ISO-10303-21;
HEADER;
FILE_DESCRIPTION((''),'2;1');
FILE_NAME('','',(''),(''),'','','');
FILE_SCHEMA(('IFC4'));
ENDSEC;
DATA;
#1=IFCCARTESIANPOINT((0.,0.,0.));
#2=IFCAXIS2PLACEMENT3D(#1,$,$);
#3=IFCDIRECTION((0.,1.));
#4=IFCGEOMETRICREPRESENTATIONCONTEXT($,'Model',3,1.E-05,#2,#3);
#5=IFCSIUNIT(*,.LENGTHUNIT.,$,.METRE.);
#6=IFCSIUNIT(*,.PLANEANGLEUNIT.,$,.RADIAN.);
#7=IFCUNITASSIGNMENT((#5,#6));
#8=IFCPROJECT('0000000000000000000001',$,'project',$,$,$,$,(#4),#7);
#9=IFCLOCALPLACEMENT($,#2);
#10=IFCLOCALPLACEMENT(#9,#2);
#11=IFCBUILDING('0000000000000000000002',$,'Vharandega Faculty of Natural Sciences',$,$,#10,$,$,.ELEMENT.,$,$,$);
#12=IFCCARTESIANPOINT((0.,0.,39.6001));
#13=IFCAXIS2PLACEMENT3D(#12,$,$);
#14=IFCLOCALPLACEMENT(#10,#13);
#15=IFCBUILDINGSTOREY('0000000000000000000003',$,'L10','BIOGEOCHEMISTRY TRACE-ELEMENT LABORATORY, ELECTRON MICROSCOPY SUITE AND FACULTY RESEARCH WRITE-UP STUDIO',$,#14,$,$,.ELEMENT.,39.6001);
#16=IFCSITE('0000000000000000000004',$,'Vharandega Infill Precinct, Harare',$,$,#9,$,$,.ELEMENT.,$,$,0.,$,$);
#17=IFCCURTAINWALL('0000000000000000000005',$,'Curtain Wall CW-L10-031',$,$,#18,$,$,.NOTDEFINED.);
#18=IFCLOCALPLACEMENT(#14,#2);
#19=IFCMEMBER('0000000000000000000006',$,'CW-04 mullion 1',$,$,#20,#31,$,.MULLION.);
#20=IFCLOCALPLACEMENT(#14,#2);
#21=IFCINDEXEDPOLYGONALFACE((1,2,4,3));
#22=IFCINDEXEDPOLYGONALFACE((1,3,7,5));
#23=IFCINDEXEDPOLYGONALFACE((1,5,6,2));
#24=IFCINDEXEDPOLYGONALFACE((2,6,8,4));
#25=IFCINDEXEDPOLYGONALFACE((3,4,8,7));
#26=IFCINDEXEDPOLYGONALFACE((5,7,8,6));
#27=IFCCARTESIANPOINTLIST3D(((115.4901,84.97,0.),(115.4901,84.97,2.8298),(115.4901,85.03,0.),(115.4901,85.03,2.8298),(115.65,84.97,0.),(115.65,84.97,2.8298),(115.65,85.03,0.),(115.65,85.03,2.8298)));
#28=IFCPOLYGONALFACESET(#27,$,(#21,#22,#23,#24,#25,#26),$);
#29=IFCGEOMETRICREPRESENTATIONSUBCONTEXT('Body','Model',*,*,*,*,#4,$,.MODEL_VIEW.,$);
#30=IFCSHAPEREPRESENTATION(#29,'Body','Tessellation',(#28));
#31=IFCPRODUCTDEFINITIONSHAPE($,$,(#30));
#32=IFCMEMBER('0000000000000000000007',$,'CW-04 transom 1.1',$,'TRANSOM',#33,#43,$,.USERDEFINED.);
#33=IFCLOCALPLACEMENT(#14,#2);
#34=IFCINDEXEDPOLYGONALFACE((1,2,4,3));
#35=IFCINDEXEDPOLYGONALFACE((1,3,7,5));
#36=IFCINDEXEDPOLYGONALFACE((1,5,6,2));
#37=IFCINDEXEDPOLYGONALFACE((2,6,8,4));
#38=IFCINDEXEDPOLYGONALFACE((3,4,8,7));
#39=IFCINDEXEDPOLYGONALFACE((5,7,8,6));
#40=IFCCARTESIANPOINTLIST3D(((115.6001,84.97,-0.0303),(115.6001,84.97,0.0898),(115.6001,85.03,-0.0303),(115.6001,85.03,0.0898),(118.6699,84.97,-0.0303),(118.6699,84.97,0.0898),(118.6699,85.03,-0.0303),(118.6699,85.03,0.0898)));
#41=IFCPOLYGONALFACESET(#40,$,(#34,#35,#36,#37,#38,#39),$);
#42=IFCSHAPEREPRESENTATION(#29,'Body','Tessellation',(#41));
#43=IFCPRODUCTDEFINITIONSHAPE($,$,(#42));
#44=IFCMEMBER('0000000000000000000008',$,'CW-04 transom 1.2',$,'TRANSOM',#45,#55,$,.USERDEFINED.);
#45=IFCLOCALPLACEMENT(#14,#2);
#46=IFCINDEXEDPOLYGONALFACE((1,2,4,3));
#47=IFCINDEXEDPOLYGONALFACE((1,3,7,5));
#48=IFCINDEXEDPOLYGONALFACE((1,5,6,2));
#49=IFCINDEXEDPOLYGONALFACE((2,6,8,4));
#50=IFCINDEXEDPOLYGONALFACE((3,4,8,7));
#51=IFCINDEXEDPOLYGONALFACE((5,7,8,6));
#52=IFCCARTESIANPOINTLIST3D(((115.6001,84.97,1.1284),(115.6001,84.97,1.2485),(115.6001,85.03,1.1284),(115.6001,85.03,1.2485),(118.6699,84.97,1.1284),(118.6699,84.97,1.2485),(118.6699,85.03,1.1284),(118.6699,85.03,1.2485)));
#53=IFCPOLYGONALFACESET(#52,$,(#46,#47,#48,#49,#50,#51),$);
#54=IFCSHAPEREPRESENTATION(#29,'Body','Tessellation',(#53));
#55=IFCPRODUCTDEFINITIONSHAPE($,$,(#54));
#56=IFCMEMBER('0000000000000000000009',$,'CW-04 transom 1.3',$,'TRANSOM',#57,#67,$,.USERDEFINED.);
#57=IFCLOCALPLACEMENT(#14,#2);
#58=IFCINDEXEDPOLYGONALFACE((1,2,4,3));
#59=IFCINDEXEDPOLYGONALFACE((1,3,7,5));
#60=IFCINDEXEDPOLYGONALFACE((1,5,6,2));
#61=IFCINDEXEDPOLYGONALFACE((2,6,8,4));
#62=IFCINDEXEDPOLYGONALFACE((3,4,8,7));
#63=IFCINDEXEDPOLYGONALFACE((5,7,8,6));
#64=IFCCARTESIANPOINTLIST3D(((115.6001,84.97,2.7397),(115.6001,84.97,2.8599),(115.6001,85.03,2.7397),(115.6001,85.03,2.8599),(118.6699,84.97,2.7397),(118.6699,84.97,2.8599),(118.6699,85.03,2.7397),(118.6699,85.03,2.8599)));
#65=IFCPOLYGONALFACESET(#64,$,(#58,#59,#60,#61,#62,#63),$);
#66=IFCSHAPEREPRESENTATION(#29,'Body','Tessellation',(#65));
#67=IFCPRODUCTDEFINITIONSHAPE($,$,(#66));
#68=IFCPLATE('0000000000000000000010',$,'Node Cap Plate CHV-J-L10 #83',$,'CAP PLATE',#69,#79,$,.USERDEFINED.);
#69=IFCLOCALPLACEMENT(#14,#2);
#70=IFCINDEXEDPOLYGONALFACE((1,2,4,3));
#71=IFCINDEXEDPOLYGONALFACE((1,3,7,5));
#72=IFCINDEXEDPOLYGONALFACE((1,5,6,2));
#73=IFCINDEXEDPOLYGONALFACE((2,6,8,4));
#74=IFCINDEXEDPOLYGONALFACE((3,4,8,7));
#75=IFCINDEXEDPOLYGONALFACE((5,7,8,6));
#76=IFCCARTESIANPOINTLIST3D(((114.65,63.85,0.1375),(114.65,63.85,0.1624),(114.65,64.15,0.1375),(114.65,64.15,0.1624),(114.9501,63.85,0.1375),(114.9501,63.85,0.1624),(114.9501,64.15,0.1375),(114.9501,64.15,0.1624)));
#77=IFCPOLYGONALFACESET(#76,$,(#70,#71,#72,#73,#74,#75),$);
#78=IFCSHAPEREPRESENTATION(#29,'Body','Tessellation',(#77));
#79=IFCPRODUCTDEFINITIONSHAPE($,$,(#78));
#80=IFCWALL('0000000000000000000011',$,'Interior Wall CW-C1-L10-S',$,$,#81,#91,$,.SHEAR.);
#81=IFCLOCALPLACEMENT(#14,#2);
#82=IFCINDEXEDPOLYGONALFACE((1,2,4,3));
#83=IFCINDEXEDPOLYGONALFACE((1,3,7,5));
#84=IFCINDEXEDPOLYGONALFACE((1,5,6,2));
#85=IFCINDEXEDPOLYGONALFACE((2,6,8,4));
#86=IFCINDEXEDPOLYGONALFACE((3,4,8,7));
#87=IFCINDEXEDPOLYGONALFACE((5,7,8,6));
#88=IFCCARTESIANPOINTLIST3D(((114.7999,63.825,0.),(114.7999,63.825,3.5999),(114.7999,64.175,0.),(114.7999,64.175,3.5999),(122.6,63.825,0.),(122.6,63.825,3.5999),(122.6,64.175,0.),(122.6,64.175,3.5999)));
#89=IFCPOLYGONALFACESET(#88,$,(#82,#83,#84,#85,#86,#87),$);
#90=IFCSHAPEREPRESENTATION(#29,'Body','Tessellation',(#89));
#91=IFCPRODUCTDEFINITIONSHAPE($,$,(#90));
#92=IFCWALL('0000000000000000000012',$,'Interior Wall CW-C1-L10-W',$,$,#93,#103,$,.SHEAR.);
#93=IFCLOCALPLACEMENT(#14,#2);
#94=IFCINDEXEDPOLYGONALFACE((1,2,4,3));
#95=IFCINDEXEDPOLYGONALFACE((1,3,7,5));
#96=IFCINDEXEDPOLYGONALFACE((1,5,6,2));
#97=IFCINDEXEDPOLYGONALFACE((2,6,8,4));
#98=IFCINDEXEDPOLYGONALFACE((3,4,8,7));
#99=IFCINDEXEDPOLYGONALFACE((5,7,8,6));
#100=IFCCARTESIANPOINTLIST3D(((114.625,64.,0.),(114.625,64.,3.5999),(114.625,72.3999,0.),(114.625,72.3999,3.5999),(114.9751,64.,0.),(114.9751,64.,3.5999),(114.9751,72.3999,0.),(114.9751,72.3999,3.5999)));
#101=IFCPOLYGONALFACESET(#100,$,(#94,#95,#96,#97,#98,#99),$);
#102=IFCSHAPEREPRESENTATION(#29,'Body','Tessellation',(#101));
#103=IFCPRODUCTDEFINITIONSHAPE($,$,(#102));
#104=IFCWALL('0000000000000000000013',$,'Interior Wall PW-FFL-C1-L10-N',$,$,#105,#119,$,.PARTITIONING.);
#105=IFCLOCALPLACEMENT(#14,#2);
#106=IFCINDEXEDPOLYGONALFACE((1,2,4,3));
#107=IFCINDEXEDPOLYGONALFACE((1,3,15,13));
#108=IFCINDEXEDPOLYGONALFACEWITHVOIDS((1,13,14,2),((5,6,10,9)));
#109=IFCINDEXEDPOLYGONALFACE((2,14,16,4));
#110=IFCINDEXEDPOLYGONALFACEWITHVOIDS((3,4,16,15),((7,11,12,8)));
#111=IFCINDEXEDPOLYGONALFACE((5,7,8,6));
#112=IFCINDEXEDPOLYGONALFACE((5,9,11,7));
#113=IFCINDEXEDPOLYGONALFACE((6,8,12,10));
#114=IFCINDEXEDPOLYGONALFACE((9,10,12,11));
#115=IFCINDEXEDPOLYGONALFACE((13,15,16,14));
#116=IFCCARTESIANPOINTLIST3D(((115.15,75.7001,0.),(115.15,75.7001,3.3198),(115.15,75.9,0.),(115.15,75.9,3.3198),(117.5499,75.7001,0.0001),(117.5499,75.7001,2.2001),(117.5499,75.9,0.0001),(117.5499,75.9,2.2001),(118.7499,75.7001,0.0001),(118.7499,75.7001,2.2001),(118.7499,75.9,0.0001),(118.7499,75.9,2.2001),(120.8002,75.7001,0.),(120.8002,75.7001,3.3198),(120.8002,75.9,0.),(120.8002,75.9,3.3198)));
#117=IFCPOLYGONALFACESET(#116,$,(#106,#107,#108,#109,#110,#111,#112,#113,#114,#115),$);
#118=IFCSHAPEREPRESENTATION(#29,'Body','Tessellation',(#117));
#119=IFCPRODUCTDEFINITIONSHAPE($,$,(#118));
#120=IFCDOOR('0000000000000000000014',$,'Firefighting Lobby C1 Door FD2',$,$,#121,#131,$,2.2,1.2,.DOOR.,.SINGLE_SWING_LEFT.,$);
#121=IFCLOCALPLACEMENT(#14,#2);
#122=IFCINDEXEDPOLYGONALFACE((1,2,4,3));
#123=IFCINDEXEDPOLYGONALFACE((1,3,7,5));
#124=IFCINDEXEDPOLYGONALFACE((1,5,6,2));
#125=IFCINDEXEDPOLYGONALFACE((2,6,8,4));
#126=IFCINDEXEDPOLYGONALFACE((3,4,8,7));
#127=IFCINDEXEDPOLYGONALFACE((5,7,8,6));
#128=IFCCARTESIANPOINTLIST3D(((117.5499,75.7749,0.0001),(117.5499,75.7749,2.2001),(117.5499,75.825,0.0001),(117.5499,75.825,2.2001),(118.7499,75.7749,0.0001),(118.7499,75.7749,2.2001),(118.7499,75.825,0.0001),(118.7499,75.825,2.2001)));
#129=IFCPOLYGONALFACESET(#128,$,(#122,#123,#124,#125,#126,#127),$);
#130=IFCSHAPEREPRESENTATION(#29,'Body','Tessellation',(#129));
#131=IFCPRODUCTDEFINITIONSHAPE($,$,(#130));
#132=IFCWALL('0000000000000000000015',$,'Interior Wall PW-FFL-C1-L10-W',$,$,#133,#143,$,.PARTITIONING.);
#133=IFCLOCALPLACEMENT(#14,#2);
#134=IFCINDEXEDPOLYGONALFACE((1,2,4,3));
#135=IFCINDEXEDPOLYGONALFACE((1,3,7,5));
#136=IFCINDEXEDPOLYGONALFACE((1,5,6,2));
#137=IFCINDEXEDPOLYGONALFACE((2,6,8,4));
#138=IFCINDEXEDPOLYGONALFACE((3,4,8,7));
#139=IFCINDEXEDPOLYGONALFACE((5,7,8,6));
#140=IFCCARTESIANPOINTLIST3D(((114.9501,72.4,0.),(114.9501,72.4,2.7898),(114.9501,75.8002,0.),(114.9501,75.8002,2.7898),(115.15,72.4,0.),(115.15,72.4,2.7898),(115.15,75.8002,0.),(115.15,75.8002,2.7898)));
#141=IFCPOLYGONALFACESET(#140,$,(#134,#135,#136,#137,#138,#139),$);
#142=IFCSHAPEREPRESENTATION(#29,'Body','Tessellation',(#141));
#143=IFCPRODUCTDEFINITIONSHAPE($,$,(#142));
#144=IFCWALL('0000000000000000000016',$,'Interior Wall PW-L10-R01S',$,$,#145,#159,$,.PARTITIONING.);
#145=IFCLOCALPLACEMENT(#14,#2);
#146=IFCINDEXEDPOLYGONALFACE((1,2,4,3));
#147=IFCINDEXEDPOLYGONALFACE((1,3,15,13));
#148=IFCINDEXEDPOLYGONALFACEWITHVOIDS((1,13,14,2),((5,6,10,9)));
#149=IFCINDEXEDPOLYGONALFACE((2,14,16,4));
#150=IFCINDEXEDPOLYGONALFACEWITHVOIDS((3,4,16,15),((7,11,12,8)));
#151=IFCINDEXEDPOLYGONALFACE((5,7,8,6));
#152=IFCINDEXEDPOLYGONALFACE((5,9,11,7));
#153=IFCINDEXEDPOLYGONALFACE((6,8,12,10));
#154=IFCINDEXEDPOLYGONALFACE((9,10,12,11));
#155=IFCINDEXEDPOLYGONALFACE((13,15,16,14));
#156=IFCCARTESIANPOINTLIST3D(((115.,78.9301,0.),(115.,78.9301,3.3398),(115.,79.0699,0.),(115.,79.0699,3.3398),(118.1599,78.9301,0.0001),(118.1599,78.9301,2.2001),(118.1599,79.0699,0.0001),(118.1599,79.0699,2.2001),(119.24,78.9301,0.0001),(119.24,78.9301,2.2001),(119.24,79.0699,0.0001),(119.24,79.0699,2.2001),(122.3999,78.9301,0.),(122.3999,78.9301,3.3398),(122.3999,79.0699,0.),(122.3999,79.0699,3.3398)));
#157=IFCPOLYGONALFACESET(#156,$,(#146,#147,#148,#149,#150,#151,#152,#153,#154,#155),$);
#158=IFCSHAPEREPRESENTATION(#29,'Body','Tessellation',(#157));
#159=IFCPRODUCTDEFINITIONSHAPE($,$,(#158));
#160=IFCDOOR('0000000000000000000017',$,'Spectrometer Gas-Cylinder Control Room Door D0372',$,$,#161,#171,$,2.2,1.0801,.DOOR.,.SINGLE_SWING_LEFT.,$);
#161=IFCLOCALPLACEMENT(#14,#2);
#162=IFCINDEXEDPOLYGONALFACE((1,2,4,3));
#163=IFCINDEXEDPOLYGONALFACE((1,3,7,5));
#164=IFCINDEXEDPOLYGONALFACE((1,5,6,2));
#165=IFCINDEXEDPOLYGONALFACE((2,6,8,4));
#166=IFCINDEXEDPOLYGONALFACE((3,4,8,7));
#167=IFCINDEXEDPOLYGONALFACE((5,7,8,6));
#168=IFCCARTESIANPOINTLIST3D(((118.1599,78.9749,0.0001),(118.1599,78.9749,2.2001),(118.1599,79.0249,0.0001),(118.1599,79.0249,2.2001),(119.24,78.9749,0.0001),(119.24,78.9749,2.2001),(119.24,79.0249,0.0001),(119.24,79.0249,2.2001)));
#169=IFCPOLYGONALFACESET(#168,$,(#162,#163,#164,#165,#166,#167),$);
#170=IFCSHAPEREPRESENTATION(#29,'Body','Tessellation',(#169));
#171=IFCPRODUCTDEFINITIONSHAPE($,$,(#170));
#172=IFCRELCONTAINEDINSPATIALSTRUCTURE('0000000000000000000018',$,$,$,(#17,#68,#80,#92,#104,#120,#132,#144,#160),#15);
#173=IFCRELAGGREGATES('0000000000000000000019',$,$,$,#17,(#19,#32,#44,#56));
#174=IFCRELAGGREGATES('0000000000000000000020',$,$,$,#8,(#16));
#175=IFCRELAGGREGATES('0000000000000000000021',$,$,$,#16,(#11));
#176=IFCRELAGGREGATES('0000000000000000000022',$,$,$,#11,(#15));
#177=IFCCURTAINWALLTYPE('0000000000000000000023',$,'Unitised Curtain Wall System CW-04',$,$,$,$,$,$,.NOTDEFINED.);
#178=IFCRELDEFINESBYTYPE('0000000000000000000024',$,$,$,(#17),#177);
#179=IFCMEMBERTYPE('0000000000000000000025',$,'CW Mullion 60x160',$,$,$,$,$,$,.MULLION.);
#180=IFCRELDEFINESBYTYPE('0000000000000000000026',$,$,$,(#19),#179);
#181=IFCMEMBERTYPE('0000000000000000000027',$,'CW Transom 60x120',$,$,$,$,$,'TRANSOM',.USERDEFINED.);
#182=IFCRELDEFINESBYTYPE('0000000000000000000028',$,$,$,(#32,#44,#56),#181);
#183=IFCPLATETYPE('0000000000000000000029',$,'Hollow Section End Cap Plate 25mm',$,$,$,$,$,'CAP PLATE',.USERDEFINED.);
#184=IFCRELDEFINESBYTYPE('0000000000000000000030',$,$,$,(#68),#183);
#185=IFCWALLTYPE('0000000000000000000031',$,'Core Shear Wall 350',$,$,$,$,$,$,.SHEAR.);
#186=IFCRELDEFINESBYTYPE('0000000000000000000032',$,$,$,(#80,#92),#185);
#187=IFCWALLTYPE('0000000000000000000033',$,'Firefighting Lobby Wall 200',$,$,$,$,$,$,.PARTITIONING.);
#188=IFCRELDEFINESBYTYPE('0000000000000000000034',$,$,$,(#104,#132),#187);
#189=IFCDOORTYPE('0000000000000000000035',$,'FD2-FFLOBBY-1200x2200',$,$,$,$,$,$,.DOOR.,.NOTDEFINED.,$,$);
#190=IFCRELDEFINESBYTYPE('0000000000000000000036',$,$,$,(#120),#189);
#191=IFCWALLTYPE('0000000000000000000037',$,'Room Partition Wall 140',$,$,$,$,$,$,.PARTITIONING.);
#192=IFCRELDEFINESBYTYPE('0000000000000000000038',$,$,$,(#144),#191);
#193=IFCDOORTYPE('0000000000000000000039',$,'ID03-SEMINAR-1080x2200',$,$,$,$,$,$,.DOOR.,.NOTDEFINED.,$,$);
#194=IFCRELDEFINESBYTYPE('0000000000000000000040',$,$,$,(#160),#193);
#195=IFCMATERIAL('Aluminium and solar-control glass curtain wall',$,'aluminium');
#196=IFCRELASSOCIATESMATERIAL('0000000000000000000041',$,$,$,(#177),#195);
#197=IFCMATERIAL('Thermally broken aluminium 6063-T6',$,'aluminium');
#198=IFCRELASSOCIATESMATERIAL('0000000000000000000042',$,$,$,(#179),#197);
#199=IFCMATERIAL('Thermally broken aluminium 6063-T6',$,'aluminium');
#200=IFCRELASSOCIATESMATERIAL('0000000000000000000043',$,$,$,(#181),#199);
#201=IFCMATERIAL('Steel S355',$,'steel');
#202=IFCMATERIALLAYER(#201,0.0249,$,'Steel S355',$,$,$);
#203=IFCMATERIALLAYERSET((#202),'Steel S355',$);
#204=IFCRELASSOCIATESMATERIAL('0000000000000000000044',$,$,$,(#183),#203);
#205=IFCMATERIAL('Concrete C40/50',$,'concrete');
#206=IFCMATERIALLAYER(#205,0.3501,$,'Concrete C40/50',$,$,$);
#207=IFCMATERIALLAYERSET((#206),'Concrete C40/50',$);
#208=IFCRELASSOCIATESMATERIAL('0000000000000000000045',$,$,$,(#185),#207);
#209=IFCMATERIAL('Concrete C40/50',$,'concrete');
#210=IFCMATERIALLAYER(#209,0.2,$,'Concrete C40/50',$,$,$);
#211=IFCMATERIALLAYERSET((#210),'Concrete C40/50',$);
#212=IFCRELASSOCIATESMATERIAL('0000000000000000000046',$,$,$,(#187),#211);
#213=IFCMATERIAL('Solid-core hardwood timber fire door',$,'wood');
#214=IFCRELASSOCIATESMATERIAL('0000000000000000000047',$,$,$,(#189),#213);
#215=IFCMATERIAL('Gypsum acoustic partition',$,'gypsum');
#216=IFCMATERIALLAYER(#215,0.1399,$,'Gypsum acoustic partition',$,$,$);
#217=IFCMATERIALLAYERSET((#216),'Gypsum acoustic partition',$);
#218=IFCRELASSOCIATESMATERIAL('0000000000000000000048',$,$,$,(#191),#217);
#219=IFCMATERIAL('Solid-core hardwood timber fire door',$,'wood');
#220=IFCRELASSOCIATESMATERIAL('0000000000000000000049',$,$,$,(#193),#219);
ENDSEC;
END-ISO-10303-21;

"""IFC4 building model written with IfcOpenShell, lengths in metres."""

from ifc_helpers import new_model, si_unit, direction, frame, frame_2d, origin, origin_2d, place, context, subcontext, project, spatial, rectangle, extrude, material, layer, layer_set, material_profile, profile_set, type_object, element, fill, aggregate, save


model = new_model("IFC4")

# Units and contexts
model_context = context("Model", 3, precision=1e-05, world=origin(), true_north=direction((0.0, 1.0)))
body_context = subcontext(model_context, "Body", "Model", "MODEL_VIEW")
ifc_project = project(units=[si_unit("LENGTHUNIT", "METRE"), si_unit("PLANEANGLEUNIT", "RADIAN")], contexts=[model_context])

# Site, building, storey
site_placement = place(None, origin())
site = spatial("IfcSite", under=ifc_project, at=site_placement, Name="Vharandega Infill Precinct, Harare", CompositionType="ELEMENT", RefElevation=0.0)
building_placement = place(site_placement, origin())
building = spatial("IfcBuilding", under=site, at=building_placement, Name="Vharandega Faculty of Natural Sciences", CompositionType="ELEMENT")
storey_placement = place(building_placement, frame((0.0, 0.0, 39.6001)))
storey = spatial("IfcBuildingStorey", under=building, at=storey_placement, Name="L10", Description="BIOGEOCHEMISTRY TRACE-ELEMENT LABORATORY, ELECTRON MICROSCOPY SUITE AND FACULTY RESEARCH WRITE-UP STUDIO", CompositionType="ELEMENT", Elevation=39.6001)

# Curtain wall, members
ifc_material_1 = material(Name="Aluminium and solar-control glass curtain wall", Category="aluminium")
curtain_wall_type = type_object("IfcCurtainWallType", Name="Unitised Curtain Wall System CW-04", PredefinedType="NOTDEFINED", material=ifc_material_1)
curtain_wall_placement = place(storey_placement, origin())
curtain_wall = element("IfcCurtainWall", 1, at=curtain_wall_placement, inside=storey, type_object=curtain_wall_type, Name="Curtain Wall CW-L10-031", PredefinedType="NOTDEFINED")
ifc_material_2 = material(Name="Thermally broken aluminium 6063-T6", Category="aluminium")
ifc_material_profile_1 = material_profile(ifc_material_2, rectangle(XDim=0.0601, YDim=0.1599, at=origin_2d()), Name="ALU 60x160")
ifc_profile_set_1 = profile_set([ifc_material_profile_1], Name="Thermally broken aluminium 6063-T6")
member_type_1 = type_object("IfcMemberType", Name="CW Mullion 60x160", PredefinedType="MULLION", material=ifc_profile_set_1)
member_1_placement = place(storey_placement, frame((115.5701, 85.0, 0.0), z_axis=(0.0, 0.0, 1.0), x_axis=(0.0, 1.0, 0.0)))
member_1 = element("IfcMember", 2, at=member_1_placement, type_object=member_type_1, Name="CW-04 mullion 1", PredefinedType="MULLION", context=body_context, shape_type="SweptSolid", body=[
    extrude(rectangle(XDim=0.0601, YDim=0.1599, at=origin_2d()), origin(), (0.0, 0.0, 1.0), 2.8298),
])
ifc_material_3 = material(Name="Thermally broken aluminium 6063-T6", Category="aluminium")
ifc_material_profile_2 = material_profile(ifc_material_3, rectangle(XDim=0.0601, YDim=0.1201, at=origin_2d()), Name="ALU 60x120")
ifc_profile_set_2 = profile_set([ifc_material_profile_2], Name="Thermally broken aluminium 6063-T6")
member_type_2 = type_object("IfcMemberType", Name="CW Transom 60x120", ElementType="TRANSOM", PredefinedType="USERDEFINED", material=ifc_profile_set_2)
member_2_placement = place(storey_placement, frame((115.6001, 85.0, 0.0298), z_axis=(1.0, 0.0, 0.0), x_axis=(0.0, 1.0, 0.0)))
member_2 = element("IfcMember", 3, at=member_2_placement, type_object=member_type_2, Name="CW-04 transom 1.1", ObjectType="TRANSOM", PredefinedType="USERDEFINED", context=body_context, shape_type="SweptSolid", body=[
    extrude(rectangle(XDim=0.0601, YDim=0.1201, at=origin_2d()), origin(), (0.0, 0.0, 1.0), 3.0698),
])
member_3_placement = place(storey_placement, frame((115.6001, 85.0, 1.1885), z_axis=(1.0, 0.0, 0.0), x_axis=(0.0, 1.0, 0.0)))
member_3 = element("IfcMember", 4, at=member_3_placement, type_object=member_type_2, Name="CW-04 transom 1.2", ObjectType="TRANSOM", PredefinedType="USERDEFINED", context=body_context, shape_type="SweptSolid", body=[
    extrude(rectangle(XDim=0.0601, YDim=0.1201, at=origin_2d()), origin(), (0.0, 0.0, 1.0), 3.0698),
])
member_4_placement = place(storey_placement, frame((115.6001, 85.0, 2.7998), z_axis=(1.0, 0.0, 0.0), x_axis=(0.0, 1.0, 0.0)))
member_4 = element("IfcMember", 5, at=member_4_placement, type_object=member_type_2, Name="CW-04 transom 1.3", ObjectType="TRANSOM", PredefinedType="USERDEFINED", context=body_context, shape_type="SweptSolid", body=[
    extrude(rectangle(XDim=0.0601, YDim=0.1201, at=origin_2d()), origin(), (0.0, 0.0, 1.0), 3.0698),
])
aggregate(curtain_wall, [member_1, member_2, member_3, member_4])

# Plate
ifc_material_4 = material(Name="Steel S355", Category="steel")
ifc_layer_1 = layer(ifc_material_4, 0.0249, Name="Steel S355")
ifc_layer_set_1 = layer_set([ifc_layer_1], Name="Steel S355")
plate_type = type_object("IfcPlateType", Name="Hollow Section End Cap Plate 25mm", ElementType="CAP PLATE", PredefinedType="USERDEFINED", material=ifc_layer_set_1)
plate_placement = place(storey_placement, frame((114.8, 64.0, 0.1375), z_axis=(0.0, 0.0, 1.0), x_axis=(1.0, 0.0, 0.0)))
element("IfcPlate", 6, at=plate_placement, inside=storey, type_object=plate_type, Name="Node Cap Plate CHV-J-L10 #83", ObjectType="CAP PLATE", PredefinedType="USERDEFINED", context=body_context, shape_type="SweptSolid", body=[
    extrude(rectangle(XDim=0.3, YDim=0.3, at=origin_2d()), origin(), (0.0, 0.0, 1.0), 0.0249),
])

# Walls
ifc_material_5 = material(Name="Concrete C40/50", Category="concrete")
ifc_layer_2 = layer(ifc_material_5, 0.3501, Name="Concrete C40/50")
ifc_layer_set_2 = layer_set([ifc_layer_2], Name="Concrete C40/50")
wall_type_1 = type_object("IfcWallType", Name="Core Shear Wall 350", PredefinedType="SHEAR", material=ifc_layer_set_2)
wall_1_placement = place(storey_placement, frame((114.8, 64.0, 0.0), z_axis=(0.0, 0.0, 1.0), x_axis=(1.0, 0.0, 0.0)))
element("IfcWall", 7, at=wall_1_placement, inside=storey, type_object=wall_type_1, Name="Interior Wall CW-C1-L10-S", PredefinedType="SHEAR", context=body_context, shape_type="SweptSolid", body=[
    extrude(rectangle(XDim=7.8, YDim=0.3501, at=frame_2d((3.8999, 0.0))), origin(), (0.0, 0.0, 1.0), 3.5999),
])
wall_2_placement = place(storey_placement, frame((114.8, 64.0, 0.0), z_axis=(0.0, 0.0, 1.0), x_axis=(0.0, 1.0, 0.0)))
element("IfcWall", 8, at=wall_2_placement, inside=storey, type_object=wall_type_1, Name="Interior Wall CW-C1-L10-W", PredefinedType="SHEAR", context=body_context, shape_type="SweptSolid", body=[
    extrude(rectangle(XDim=8.3999, YDim=0.3501, at=frame_2d((4.2, 0.0))), origin(), (0.0, 0.0, 1.0), 3.5999),
])

# Wall, opening, door
ifc_material_6 = material(Name="Concrete C40/50", Category="concrete")
ifc_layer_3 = layer(ifc_material_6, 0.2, Name="Concrete C40/50")
ifc_layer_set_3 = layer_set([ifc_layer_3], Name="Concrete C40/50")
wall_type_2 = type_object("IfcWallType", Name="Firefighting Lobby Wall 200", PredefinedType="PARTITIONING", material=ifc_layer_set_3)
wall_3_placement = place(storey_placement, frame((115.1499, 75.8, 0.0), z_axis=(0.0, 0.0, 1.0), x_axis=(1.0, 0.0, 0.0)))
wall_3 = element("IfcWall", 9, at=wall_3_placement, inside=storey, type_object=wall_type_2, Name="Interior Wall PW-FFL-C1-L10-N", PredefinedType="PARTITIONING", context=body_context, shape_type="SweptSolid", body=[
    extrude(rectangle(XDim=5.6501, YDim=0.2, at=frame_2d((2.8252, 0.0))), origin(), (0.0, 0.0, 1.0), 3.3198),
])
opening_1_placement = place(wall_3_placement, frame((2.3999, 0.0, 0.0)))
opening_1 = element("IfcOpeningElement", 10, at=opening_1_placement, cuts=wall_3, PredefinedType="OPENING", context=body_context, shape_type="SweptSolid", body=[
    extrude(rectangle(XDim=1.2, YDim=2.2, at=frame_2d((0.6001, 1.1001))), frame((0.0, 0.1099, 0.0), z_axis=(0.0, -1.0, 0.0), x_axis=(1.0, 0.0, 0.0)), (0.0, 0.0, 1.0), 0.22),
])
ifc_material_7 = material(Name="Solid-core hardwood timber fire door", Category="wood")
door_type_1 = type_object("IfcDoorType", Name="FD2-FFLOBBY-1200x2200", OperationType="NOTDEFINED", PredefinedType="DOOR", material=ifc_material_7)
door_1_placement = place(opening_1_placement, origin())
door_1 = element("IfcDoor", 11, at=door_1_placement, inside=storey, type_object=door_type_1, Name="Firefighting Lobby C1 Door FD2", OperationType="SINGLE_SWING_LEFT", OverallHeight=2.2, OverallWidth=1.2, PredefinedType="DOOR", context=body_context, shape_type="SweptSolid", body=[
    extrude(rectangle(XDim=1.2, YDim=2.2, at=frame_2d((0.6001, 1.1001))), frame((0.0, 0.0249, 0.0), z_axis=(0.0, -1.0, 0.0), x_axis=(1.0, 0.0, 0.0)), (0.0, 0.0, 1.0), 0.05),
])
fill(opening_1, door_1)

# Wall
wall_4_placement = place(storey_placement, frame((115.05, 72.3999, 0.0), z_axis=(0.0, 0.0, 1.0), x_axis=(0.0, 1.0, 0.0)))
element("IfcWall", 12, at=wall_4_placement, inside=storey, type_object=wall_type_2, Name="Interior Wall PW-FFL-C1-L10-W", PredefinedType="PARTITIONING", context=body_context, shape_type="SweptSolid", body=[
    extrude(rectangle(XDim=3.4001, YDim=0.2, at=frame_2d((1.7002, 0.0))), origin(), (0.0, 0.0, 1.0), 2.7898),
])

# Wall, opening, door
ifc_material_8 = material(Name="Gypsum acoustic partition", Category="gypsum")
ifc_layer_4 = layer(ifc_material_8, 0.1399, Name="Gypsum acoustic partition")
ifc_layer_set_4 = layer_set([ifc_layer_4], Name="Gypsum acoustic partition")
wall_type_3 = type_object("IfcWallType", Name="Room Partition Wall 140", PredefinedType="PARTITIONING", material=ifc_layer_set_4)
wall_5_placement = place(storey_placement, frame((115.0, 79.0, 0.0), z_axis=(0.0, 0.0, 1.0), x_axis=(1.0, 0.0, 0.0)))
wall_5 = element("IfcWall", 13, at=wall_5_placement, inside=storey, type_object=wall_type_3, Name="Interior Wall PW-L10-R01S", PredefinedType="PARTITIONING", context=body_context, shape_type="SweptSolid", body=[
    extrude(rectangle(XDim=7.3999, YDim=0.1399, at=frame_2d((3.7, 0.0))), origin(), (0.0, 0.0, 1.0), 3.3398),
])
opening_2_placement = place(wall_5_placement, frame((3.1599, 0.0, 0.0)))
opening_2 = element("IfcOpeningElement", 14, at=opening_2_placement, cuts=wall_5, PredefinedType="OPENING", context=body_context, shape_type="SweptSolid", body=[
    extrude(rectangle(XDim=1.0801, YDim=2.2, at=frame_2d((0.54, 1.1001))), frame((0.0, 0.0801, 0.0), z_axis=(0.0, -1.0, 0.0), x_axis=(1.0, 0.0, 0.0)), (0.0, 0.0, 1.0), 0.1599),
])
ifc_material_9 = material(Name="Solid-core hardwood timber fire door", Category="wood")
door_type_2 = type_object("IfcDoorType", Name="ID03-SEMINAR-1080x2200", OperationType="NOTDEFINED", PredefinedType="DOOR", material=ifc_material_9)
door_2_placement = place(opening_2_placement, origin())
door_2 = element("IfcDoor", 15, at=door_2_placement, inside=storey, type_object=door_type_2, Name="Spectrometer Gas-Cylinder Control Room Door D0372", OperationType="SINGLE_SWING_LEFT", OverallHeight=2.2, OverallWidth=1.0801, PredefinedType="DOOR", context=body_context, shape_type="SweptSolid", body=[
    extrude(rectangle(XDim=1.0801, YDim=2.2, at=frame_2d((0.54, 1.1001))), frame((0.0, 0.0249, 0.0), z_axis=(0.0, -1.0, 0.0), x_axis=(1.0, 0.0, 0.0)), (0.0, 0.0, 1.0), 0.05),
])
fill(opening_2, door_2)

save(model, "model.ifc")
